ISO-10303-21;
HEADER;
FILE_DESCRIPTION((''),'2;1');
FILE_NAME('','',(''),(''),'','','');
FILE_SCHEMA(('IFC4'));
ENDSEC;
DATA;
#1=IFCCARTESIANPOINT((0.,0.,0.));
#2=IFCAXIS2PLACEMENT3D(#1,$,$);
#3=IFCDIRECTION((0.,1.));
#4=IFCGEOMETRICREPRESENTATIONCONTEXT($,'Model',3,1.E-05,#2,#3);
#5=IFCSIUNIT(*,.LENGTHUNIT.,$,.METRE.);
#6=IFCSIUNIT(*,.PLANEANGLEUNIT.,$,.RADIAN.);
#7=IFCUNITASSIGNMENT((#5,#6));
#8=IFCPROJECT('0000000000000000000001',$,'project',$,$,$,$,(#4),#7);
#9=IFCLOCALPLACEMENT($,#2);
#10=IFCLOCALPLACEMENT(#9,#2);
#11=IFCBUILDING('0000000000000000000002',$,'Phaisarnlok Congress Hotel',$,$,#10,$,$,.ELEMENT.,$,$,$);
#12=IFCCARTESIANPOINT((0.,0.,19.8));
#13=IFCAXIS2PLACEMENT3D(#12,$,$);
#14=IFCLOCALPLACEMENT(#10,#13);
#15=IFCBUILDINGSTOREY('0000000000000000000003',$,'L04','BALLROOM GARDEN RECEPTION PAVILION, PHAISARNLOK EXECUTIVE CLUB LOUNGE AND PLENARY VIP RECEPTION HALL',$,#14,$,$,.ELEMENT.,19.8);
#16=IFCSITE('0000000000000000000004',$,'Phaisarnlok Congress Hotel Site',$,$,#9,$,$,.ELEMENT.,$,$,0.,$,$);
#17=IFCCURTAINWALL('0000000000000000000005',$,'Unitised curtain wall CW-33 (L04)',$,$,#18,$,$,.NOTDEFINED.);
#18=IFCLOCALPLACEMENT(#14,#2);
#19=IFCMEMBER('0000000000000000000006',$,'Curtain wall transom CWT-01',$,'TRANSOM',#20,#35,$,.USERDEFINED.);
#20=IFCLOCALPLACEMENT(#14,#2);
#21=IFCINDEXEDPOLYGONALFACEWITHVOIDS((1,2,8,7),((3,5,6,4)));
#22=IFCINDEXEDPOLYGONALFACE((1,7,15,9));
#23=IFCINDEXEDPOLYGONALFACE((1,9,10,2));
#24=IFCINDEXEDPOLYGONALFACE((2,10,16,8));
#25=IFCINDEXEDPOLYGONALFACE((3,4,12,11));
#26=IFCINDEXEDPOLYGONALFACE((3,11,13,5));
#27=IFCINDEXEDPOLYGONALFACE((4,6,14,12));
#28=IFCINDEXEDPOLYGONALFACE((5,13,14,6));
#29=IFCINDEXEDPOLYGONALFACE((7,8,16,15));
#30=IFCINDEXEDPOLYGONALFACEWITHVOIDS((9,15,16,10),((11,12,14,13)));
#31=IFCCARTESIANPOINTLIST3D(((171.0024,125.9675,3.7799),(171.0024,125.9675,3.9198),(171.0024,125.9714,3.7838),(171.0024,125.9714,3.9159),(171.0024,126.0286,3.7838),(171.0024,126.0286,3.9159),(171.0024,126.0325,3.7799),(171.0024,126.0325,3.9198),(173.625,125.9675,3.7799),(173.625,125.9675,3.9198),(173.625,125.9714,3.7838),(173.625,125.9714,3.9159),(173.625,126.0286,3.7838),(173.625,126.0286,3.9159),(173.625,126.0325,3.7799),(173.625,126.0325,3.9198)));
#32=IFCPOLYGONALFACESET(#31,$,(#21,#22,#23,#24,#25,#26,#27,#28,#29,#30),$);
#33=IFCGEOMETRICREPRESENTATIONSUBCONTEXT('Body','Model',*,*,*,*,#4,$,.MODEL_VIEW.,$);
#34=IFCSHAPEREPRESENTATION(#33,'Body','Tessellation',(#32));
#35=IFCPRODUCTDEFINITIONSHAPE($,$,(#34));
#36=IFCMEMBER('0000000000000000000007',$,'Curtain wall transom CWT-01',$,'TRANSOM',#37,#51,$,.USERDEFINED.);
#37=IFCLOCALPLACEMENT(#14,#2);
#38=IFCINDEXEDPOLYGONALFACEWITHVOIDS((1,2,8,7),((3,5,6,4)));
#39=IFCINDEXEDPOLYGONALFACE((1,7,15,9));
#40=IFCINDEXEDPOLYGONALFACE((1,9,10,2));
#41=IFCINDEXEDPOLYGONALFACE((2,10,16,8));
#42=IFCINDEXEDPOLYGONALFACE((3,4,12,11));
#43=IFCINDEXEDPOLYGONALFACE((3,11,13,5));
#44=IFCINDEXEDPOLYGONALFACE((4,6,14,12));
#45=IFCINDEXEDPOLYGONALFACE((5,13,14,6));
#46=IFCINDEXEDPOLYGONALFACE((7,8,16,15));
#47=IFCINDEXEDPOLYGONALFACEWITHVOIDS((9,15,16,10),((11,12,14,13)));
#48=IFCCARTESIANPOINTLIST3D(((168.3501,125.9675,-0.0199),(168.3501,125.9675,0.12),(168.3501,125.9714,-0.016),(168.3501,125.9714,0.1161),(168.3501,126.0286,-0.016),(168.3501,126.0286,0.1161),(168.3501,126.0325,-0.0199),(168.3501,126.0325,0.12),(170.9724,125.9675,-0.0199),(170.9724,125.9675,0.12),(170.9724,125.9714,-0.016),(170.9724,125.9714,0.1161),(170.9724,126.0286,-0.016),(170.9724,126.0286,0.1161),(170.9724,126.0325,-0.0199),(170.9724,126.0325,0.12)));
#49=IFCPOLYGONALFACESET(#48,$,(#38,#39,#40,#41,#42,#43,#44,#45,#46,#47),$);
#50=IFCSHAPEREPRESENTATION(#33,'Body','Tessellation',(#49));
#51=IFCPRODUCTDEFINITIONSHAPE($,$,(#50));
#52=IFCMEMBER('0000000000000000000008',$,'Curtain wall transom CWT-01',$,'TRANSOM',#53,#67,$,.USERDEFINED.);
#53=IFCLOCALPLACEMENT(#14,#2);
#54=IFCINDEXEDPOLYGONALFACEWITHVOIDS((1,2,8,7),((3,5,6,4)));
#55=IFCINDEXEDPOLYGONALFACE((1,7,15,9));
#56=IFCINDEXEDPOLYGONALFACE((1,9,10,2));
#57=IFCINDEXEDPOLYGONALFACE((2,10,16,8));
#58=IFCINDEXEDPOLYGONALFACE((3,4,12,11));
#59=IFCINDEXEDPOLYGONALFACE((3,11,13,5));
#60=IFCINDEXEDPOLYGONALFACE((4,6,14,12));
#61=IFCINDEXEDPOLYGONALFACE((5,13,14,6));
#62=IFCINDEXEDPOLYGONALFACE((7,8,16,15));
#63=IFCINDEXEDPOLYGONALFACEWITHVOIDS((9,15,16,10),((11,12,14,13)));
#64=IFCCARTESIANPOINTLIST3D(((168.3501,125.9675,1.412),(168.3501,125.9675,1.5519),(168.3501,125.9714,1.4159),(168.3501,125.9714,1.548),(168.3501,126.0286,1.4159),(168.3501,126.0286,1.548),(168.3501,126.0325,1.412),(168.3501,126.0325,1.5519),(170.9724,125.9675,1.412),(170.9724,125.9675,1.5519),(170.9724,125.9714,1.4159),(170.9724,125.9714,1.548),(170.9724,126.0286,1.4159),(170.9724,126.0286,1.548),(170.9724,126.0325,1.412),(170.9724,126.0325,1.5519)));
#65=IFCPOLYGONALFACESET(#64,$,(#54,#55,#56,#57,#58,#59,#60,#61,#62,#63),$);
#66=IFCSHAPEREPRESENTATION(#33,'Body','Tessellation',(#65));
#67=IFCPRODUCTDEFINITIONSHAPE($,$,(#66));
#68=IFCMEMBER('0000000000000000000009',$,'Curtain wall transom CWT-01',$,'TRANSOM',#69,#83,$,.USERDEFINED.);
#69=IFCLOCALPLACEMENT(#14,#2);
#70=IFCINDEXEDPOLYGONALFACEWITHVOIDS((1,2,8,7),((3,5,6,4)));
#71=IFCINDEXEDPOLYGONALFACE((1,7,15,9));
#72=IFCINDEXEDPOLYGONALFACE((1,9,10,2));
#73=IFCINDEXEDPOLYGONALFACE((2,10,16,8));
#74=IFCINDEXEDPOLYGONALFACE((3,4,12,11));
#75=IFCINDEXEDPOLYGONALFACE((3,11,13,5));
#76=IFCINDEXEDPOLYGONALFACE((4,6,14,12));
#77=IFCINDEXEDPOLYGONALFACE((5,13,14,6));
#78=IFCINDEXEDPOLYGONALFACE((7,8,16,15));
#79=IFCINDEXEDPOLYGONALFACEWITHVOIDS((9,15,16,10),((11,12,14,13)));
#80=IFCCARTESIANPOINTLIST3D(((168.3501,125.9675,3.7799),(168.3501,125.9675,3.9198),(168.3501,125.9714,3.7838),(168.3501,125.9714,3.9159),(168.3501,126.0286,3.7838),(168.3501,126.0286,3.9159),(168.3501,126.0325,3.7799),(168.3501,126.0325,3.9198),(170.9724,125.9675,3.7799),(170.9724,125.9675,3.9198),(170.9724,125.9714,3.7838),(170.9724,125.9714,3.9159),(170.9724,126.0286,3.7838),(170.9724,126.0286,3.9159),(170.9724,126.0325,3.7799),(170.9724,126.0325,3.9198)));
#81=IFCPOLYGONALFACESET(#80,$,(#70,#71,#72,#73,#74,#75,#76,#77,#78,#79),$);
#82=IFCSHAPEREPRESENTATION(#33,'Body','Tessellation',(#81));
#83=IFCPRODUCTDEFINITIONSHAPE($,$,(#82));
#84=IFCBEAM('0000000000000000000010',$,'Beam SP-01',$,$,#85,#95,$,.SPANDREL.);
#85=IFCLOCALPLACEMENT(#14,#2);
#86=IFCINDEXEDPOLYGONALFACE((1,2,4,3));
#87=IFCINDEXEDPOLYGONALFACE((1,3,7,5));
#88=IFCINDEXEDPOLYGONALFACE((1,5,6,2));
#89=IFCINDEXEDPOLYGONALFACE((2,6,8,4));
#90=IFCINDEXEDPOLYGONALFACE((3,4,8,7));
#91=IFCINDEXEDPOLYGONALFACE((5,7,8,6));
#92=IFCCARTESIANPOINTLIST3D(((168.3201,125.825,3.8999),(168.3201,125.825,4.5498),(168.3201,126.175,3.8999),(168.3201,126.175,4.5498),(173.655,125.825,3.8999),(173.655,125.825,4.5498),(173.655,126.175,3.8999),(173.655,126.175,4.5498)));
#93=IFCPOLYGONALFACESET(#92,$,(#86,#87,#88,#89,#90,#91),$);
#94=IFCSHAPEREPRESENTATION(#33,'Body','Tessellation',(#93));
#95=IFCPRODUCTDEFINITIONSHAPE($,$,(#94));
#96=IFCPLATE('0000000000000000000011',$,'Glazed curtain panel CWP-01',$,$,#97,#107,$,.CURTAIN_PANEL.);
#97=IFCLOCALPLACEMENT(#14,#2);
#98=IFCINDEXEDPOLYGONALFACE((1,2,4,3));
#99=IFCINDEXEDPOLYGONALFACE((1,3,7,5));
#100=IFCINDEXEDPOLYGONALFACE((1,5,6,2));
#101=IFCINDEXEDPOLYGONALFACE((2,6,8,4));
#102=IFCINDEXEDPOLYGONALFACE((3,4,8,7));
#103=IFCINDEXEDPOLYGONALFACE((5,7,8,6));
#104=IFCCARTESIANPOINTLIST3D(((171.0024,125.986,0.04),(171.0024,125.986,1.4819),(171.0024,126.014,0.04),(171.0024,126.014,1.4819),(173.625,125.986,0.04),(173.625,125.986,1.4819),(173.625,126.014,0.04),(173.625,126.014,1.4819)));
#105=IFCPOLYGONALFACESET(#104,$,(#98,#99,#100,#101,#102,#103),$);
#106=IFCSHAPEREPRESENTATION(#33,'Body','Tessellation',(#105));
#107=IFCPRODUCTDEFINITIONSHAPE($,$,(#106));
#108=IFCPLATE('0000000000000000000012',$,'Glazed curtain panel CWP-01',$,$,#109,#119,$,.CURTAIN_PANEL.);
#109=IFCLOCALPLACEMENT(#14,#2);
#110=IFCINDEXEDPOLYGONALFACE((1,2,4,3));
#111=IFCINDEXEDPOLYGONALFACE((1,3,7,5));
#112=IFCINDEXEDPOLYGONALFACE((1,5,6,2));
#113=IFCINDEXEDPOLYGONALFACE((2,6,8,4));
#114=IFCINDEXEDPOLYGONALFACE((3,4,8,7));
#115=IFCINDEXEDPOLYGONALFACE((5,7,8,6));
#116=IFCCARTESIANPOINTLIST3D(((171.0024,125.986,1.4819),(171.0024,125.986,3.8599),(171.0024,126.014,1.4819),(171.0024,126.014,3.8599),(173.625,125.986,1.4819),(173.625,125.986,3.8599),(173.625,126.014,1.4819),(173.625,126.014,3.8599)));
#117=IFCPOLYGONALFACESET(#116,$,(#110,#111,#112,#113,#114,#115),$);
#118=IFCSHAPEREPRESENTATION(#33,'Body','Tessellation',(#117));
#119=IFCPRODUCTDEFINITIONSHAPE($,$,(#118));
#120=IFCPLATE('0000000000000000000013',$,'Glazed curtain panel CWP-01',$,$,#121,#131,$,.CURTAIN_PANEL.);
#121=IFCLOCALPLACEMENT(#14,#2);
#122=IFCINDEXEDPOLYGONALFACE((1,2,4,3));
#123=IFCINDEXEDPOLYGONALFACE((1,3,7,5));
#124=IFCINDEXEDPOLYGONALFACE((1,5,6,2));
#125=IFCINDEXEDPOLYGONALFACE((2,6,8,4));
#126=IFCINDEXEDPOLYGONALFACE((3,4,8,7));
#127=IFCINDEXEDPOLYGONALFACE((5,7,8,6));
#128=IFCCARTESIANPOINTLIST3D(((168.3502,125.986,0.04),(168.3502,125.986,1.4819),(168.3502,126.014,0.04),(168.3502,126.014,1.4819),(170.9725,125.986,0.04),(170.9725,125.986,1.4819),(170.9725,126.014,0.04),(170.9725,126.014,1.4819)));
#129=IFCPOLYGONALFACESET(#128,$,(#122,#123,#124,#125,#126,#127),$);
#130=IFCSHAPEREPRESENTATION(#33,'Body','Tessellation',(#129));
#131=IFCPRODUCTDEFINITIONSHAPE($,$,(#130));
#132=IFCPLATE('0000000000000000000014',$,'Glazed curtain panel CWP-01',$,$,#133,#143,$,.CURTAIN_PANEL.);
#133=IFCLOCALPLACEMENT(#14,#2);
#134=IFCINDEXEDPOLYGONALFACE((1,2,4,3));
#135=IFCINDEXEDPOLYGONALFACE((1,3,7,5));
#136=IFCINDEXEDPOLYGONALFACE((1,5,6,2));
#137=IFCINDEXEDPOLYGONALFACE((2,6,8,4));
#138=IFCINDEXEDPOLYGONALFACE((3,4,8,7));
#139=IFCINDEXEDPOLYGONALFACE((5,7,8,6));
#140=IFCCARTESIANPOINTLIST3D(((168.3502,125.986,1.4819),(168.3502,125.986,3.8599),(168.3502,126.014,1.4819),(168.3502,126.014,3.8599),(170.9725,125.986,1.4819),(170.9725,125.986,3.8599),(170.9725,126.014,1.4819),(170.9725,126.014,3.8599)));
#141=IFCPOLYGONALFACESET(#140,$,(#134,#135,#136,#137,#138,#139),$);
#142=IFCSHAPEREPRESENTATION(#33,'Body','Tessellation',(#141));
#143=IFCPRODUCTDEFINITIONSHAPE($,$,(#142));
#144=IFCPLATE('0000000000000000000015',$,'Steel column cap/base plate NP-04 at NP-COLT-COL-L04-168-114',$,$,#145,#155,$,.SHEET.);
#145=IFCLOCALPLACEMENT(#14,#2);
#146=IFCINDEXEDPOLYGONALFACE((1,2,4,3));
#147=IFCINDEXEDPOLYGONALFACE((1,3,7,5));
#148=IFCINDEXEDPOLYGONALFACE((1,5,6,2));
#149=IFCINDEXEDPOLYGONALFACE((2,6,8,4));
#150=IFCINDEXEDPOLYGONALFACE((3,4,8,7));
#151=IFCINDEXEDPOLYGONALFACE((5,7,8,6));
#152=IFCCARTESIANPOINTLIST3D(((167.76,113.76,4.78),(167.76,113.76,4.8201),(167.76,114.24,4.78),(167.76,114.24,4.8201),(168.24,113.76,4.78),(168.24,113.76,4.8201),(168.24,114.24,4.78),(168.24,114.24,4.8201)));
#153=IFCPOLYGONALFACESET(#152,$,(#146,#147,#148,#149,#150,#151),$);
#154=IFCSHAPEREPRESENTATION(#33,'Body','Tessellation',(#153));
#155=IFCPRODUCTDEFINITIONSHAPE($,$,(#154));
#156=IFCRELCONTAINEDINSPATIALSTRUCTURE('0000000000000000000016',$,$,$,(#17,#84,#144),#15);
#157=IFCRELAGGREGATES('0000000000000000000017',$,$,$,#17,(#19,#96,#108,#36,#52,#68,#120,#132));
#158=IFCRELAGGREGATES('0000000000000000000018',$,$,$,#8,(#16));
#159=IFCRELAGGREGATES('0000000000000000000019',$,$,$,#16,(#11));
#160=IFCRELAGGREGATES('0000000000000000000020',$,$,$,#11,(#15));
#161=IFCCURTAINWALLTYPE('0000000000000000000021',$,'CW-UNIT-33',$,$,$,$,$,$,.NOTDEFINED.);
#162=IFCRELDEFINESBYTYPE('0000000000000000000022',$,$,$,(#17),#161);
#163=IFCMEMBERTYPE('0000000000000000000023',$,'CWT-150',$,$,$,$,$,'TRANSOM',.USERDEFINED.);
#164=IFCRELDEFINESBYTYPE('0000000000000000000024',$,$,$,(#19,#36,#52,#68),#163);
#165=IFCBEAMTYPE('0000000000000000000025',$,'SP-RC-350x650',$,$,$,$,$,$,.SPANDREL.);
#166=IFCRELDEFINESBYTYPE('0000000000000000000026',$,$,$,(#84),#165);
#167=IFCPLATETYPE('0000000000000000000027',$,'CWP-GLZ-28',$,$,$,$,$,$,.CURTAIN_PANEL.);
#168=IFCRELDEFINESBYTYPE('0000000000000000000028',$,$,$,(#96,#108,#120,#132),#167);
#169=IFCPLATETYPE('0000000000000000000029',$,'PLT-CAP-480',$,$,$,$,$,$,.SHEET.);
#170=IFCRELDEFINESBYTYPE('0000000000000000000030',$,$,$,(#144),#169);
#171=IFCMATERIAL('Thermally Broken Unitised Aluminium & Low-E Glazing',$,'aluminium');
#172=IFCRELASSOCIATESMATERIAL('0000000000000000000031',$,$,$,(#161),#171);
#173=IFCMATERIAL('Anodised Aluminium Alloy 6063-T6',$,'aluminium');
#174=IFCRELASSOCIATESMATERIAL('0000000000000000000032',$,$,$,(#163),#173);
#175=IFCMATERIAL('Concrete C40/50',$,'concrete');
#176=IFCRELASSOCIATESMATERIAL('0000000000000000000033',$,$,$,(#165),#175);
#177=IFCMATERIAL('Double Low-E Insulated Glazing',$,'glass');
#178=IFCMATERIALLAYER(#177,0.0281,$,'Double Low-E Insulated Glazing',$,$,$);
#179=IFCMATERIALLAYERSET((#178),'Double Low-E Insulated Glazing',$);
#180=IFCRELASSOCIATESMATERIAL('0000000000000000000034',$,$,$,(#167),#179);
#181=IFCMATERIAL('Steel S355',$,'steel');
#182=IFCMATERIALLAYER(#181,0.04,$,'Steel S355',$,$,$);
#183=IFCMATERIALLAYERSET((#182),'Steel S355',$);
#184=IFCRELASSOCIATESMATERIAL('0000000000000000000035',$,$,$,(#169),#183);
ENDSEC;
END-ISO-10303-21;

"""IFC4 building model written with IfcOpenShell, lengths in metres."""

from ifc_helpers import new_model, si_unit, direction, frame, frame_2d, origin, origin_2d, place, context, subcontext, project, spatial, rectangle, hollow_rectangle, extrude, material, layer, layer_set, material_profile, profile_set, type_object, element, aggregate, save


model = new_model("IFC4")

# Units and contexts
model_context = context("Model", 3, precision=1e-05, world=origin(), true_north=direction((0.0, 1.0)))
body_context = subcontext(model_context, "Body", "Model", "MODEL_VIEW")
ifc_project = project(units=[si_unit("LENGTHUNIT", "METRE"), si_unit("PLANEANGLEUNIT", "RADIAN")], contexts=[model_context])

# Site, building, storey
site_placement = place(None, origin())
site = spatial("IfcSite", under=ifc_project, at=site_placement, Name="Phaisarnlok Congress Hotel Site", CompositionType="ELEMENT", RefElevation=0.0)
building_placement = place(site_placement, origin())
building = spatial("IfcBuilding", under=site, at=building_placement, Name="Phaisarnlok Congress Hotel", CompositionType="ELEMENT")
storey_placement = place(building_placement, frame((0.0, 0.0, 19.8)))
storey = spatial("IfcBuildingStorey", under=building, at=storey_placement, Name="L04", Description="BALLROOM GARDEN RECEPTION PAVILION, PHAISARNLOK EXECUTIVE CLUB LOUNGE AND PLENARY VIP RECEPTION HALL", CompositionType="ELEMENT", Elevation=19.8)

# Shared definitions
ifc_material_1 = material(Name="Concrete C40/50", Category="concrete")
ifc_material_2 = material(Name="Steel S355", Category="steel")

# Curtain wall, members
ifc_material_3 = material(Name="Thermally Broken Unitised Aluminium & Low-E Glazing", Category="aluminium")
curtain_wall_type = type_object("IfcCurtainWallType", Name="CW-UNIT-33", PredefinedType="NOTDEFINED", material=ifc_material_3)
curtain_wall_placement = place(storey_placement, origin())
curtain_wall = element("IfcCurtainWall", 1, at=curtain_wall_placement, inside=storey, type_object=curtain_wall_type, Name="Unitised curtain wall CW-33 (L04)", PredefinedType="NOTDEFINED")
ifc_material_4 = material(Name="Anodised Aluminium Alloy 6063-T6", Category="aluminium")
ifc_material_profile_1 = material_profile(ifc_material_4, hollow_rectangle(XDim=0.0649, YDim=0.1399, WallThickness=0.0039, at=origin_2d()), Name="ALU-T 65x140x4")
ifc_profile_set_1 = profile_set([ifc_material_profile_1], Name="Anodised Aluminium Alloy 6063-T6")
member_type_1 = type_object("IfcMemberType", Name="CWT-150", ElementType="TRANSOM", PredefinedType="USERDEFINED", material=ifc_profile_set_1)
member_1_placement = place(storey_placement, frame((173.625, 126.0, 3.8499), z_axis=(-1.0, 0.0, 0.0), x_axis=(0.0, -1.0, 0.0)))
member_1 = element("IfcMember", 2, at=member_1_placement, type_object=member_type_1, Name="Curtain wall transom CWT-01", ObjectType="TRANSOM", PredefinedType="USERDEFINED", context=body_context, shape_type="SweptSolid", body=[
    extrude(hollow_rectangle(XDim=0.0649, YDim=0.1399, WallThickness=0.0039, at=origin_2d()), origin(), (0.0, 0.0, 1.0), 2.6226),
])
member_2_placement = place(storey_placement, frame((170.9724, 126.0, 0.05), z_axis=(-1.0, 0.0, 0.0), x_axis=(0.0, -1.0, 0.0)))
member_2 = element("IfcMember", 3, at=member_2_placement, type_object=member_type_1, Name="Curtain wall transom CWT-01", ObjectType="TRANSOM", PredefinedType="USERDEFINED", context=body_context, shape_type="SweptSolid", body=[
    extrude(hollow_rectangle(XDim=0.0649, YDim=0.1399, WallThickness=0.0039, at=origin_2d()), origin(), (0.0, 0.0, 1.0), 2.6223),
])
member_3_placement = place(storey_placement, frame((170.9724, 126.0, 1.4819), z_axis=(-1.0, 0.0, 0.0), x_axis=(0.0, -1.0, 0.0)))
member_3 = element("IfcMember", 4, at=member_3_placement, type_object=member_type_1, Name="Curtain wall transom CWT-01", ObjectType="TRANSOM", PredefinedType="USERDEFINED", context=body_context, shape_type="SweptSolid", body=[
    extrude(hollow_rectangle(XDim=0.0649, YDim=0.1399, WallThickness=0.0039, at=origin_2d()), origin(), (0.0, 0.0, 1.0), 2.6223),
])
member_4_placement = place(storey_placement, frame((170.9724, 126.0, 3.8499), z_axis=(-1.0, 0.0, 0.0), x_axis=(0.0, -1.0, 0.0)))
member_4 = element("IfcMember", 5, at=member_4_placement, type_object=member_type_1, Name="Curtain wall transom CWT-01", ObjectType="TRANSOM", PredefinedType="USERDEFINED", context=body_context, shape_type="SweptSolid", body=[
    extrude(hollow_rectangle(XDim=0.0649, YDim=0.1399, WallThickness=0.0039, at=origin_2d()), origin(), (0.0, 0.0, 1.0), 2.6223),
])

# Beam
ifc_material_profile_2 = material_profile(ifc_material_1, rectangle(XDim=0.3501, YDim=0.6499, at=origin_2d()), Name="RC 350x650")
ifc_profile_set_2 = profile_set([ifc_material_profile_2], Name="Concrete C40/50")
beam_type_1 = type_object("IfcBeamType", Name="SP-RC-350x650", PredefinedType="SPANDREL", material=ifc_profile_set_2)
beam_1_placement = place(storey_placement, frame((168.3201, 126.0, 4.2249), z_axis=(1.0, 0.0, 0.0), x_axis=(0.0, 1.0, 0.0)))
element("IfcBeam", 6, at=beam_1_placement, inside=storey, type_object=beam_type_1, Name="Beam SP-01", PredefinedType="SPANDREL", context=body_context, shape_type="SweptSolid", body=[
    extrude(rectangle(XDim=0.3501, YDim=0.6499, at=origin_2d()), origin(), (0.0, 0.0, 1.0), 5.335),
])

# Plates
ifc_material_5 = material(Name="Double Low-E Insulated Glazing", Category="glass")
ifc_layer_1 = layer(ifc_material_5, 0.0281, Name="Double Low-E Insulated Glazing")
ifc_layer_set_1 = layer_set([ifc_layer_1], Name="Double Low-E Insulated Glazing")
plate_type_1 = type_object("IfcPlateType", Name="CWP-GLZ-28", PredefinedType="CURTAIN_PANEL", material=ifc_layer_set_1)
plate_1_placement = place(storey_placement, frame((173.625, 126.0, 0.04), z_axis=(0.0, 0.0, 1.0), x_axis=(-1.0, 0.0, 0.0)))
plate_1 = element("IfcPlate", 7, at=plate_1_placement, type_object=plate_type_1, Name="Glazed curtain panel CWP-01", PredefinedType="CURTAIN_PANEL", context=body_context, shape_type="SweptSolid", body=[
    extrude(rectangle(XDim=2.6226, YDim=0.0281, at=frame_2d((1.3113, 0.0))), origin(), (0.0, 0.0, 1.0), 1.4419),
])
plate_2_placement = place(storey_placement, frame((173.625, 126.0, 1.4819), z_axis=(0.0, 0.0, 1.0), x_axis=(-1.0, 0.0, 0.0)))
plate_2 = element("IfcPlate", 8, at=plate_2_placement, type_object=plate_type_1, Name="Glazed curtain panel CWP-01", PredefinedType="CURTAIN_PANEL", context=body_context, shape_type="SweptSolid", body=[
    extrude(rectangle(XDim=2.6226, YDim=0.0281, at=frame_2d((1.3113, 0.0))), origin(), (0.0, 0.0, 1.0), 2.3779),
])
plate_3_placement = place(storey_placement, frame((170.9724, 126.0, 0.04), z_axis=(0.0, 0.0, 1.0), x_axis=(-1.0, 0.0, 0.0)))
plate_3 = element("IfcPlate", 9, at=plate_3_placement, type_object=plate_type_1, Name="Glazed curtain panel CWP-01", PredefinedType="CURTAIN_PANEL", context=body_context, shape_type="SweptSolid", body=[
    extrude(rectangle(XDim=2.6223, YDim=0.0281, at=frame_2d((1.311, 0.0))), origin(), (0.0, 0.0, 1.0), 1.4419),
])
plate_4_placement = place(storey_placement, frame((170.9724, 126.0, 1.4819), z_axis=(0.0, 0.0, 1.0), x_axis=(-1.0, 0.0, 0.0)))
plate_4 = element("IfcPlate", 10, at=plate_4_placement, type_object=plate_type_1, Name="Glazed curtain panel CWP-01", PredefinedType="CURTAIN_PANEL", context=body_context, shape_type="SweptSolid", body=[
    extrude(rectangle(XDim=2.6223, YDim=0.0281, at=frame_2d((1.311, 0.0))), origin(), (0.0, 0.0, 1.0), 2.3779),
])
aggregate(curtain_wall, [member_1, plate_1, plate_2, member_2, member_3, member_4, plate_3, plate_4])
ifc_layer_2 = layer(ifc_material_2, 0.04, Name="Steel S355")
ifc_layer_set_2 = layer_set([ifc_layer_2], Name="Steel S355")
plate_type_2 = type_object("IfcPlateType", Name="PLT-CAP-480", PredefinedType="SHEET", material=ifc_layer_set_2)
plate_5_placement = place(storey_placement, frame((168.0, 114.0, 4.78), z_axis=(0.0, 0.0, 1.0), x_axis=(1.0, 0.0, 0.0)))
element("IfcPlate", 11, at=plate_5_placement, inside=storey, type_object=plate_type_2, Name="Steel column cap/base plate NP-04 at NP-COLT-COL-L04-168-114", PredefinedType="SHEET", context=body_context, shape_type="SweptSolid", body=[
    extrude(rectangle(XDim=0.48, YDim=0.48, at=origin_2d()), origin(), (0.0, 0.0, 1.0), 0.04),
])

save(model, "model.ifc")
